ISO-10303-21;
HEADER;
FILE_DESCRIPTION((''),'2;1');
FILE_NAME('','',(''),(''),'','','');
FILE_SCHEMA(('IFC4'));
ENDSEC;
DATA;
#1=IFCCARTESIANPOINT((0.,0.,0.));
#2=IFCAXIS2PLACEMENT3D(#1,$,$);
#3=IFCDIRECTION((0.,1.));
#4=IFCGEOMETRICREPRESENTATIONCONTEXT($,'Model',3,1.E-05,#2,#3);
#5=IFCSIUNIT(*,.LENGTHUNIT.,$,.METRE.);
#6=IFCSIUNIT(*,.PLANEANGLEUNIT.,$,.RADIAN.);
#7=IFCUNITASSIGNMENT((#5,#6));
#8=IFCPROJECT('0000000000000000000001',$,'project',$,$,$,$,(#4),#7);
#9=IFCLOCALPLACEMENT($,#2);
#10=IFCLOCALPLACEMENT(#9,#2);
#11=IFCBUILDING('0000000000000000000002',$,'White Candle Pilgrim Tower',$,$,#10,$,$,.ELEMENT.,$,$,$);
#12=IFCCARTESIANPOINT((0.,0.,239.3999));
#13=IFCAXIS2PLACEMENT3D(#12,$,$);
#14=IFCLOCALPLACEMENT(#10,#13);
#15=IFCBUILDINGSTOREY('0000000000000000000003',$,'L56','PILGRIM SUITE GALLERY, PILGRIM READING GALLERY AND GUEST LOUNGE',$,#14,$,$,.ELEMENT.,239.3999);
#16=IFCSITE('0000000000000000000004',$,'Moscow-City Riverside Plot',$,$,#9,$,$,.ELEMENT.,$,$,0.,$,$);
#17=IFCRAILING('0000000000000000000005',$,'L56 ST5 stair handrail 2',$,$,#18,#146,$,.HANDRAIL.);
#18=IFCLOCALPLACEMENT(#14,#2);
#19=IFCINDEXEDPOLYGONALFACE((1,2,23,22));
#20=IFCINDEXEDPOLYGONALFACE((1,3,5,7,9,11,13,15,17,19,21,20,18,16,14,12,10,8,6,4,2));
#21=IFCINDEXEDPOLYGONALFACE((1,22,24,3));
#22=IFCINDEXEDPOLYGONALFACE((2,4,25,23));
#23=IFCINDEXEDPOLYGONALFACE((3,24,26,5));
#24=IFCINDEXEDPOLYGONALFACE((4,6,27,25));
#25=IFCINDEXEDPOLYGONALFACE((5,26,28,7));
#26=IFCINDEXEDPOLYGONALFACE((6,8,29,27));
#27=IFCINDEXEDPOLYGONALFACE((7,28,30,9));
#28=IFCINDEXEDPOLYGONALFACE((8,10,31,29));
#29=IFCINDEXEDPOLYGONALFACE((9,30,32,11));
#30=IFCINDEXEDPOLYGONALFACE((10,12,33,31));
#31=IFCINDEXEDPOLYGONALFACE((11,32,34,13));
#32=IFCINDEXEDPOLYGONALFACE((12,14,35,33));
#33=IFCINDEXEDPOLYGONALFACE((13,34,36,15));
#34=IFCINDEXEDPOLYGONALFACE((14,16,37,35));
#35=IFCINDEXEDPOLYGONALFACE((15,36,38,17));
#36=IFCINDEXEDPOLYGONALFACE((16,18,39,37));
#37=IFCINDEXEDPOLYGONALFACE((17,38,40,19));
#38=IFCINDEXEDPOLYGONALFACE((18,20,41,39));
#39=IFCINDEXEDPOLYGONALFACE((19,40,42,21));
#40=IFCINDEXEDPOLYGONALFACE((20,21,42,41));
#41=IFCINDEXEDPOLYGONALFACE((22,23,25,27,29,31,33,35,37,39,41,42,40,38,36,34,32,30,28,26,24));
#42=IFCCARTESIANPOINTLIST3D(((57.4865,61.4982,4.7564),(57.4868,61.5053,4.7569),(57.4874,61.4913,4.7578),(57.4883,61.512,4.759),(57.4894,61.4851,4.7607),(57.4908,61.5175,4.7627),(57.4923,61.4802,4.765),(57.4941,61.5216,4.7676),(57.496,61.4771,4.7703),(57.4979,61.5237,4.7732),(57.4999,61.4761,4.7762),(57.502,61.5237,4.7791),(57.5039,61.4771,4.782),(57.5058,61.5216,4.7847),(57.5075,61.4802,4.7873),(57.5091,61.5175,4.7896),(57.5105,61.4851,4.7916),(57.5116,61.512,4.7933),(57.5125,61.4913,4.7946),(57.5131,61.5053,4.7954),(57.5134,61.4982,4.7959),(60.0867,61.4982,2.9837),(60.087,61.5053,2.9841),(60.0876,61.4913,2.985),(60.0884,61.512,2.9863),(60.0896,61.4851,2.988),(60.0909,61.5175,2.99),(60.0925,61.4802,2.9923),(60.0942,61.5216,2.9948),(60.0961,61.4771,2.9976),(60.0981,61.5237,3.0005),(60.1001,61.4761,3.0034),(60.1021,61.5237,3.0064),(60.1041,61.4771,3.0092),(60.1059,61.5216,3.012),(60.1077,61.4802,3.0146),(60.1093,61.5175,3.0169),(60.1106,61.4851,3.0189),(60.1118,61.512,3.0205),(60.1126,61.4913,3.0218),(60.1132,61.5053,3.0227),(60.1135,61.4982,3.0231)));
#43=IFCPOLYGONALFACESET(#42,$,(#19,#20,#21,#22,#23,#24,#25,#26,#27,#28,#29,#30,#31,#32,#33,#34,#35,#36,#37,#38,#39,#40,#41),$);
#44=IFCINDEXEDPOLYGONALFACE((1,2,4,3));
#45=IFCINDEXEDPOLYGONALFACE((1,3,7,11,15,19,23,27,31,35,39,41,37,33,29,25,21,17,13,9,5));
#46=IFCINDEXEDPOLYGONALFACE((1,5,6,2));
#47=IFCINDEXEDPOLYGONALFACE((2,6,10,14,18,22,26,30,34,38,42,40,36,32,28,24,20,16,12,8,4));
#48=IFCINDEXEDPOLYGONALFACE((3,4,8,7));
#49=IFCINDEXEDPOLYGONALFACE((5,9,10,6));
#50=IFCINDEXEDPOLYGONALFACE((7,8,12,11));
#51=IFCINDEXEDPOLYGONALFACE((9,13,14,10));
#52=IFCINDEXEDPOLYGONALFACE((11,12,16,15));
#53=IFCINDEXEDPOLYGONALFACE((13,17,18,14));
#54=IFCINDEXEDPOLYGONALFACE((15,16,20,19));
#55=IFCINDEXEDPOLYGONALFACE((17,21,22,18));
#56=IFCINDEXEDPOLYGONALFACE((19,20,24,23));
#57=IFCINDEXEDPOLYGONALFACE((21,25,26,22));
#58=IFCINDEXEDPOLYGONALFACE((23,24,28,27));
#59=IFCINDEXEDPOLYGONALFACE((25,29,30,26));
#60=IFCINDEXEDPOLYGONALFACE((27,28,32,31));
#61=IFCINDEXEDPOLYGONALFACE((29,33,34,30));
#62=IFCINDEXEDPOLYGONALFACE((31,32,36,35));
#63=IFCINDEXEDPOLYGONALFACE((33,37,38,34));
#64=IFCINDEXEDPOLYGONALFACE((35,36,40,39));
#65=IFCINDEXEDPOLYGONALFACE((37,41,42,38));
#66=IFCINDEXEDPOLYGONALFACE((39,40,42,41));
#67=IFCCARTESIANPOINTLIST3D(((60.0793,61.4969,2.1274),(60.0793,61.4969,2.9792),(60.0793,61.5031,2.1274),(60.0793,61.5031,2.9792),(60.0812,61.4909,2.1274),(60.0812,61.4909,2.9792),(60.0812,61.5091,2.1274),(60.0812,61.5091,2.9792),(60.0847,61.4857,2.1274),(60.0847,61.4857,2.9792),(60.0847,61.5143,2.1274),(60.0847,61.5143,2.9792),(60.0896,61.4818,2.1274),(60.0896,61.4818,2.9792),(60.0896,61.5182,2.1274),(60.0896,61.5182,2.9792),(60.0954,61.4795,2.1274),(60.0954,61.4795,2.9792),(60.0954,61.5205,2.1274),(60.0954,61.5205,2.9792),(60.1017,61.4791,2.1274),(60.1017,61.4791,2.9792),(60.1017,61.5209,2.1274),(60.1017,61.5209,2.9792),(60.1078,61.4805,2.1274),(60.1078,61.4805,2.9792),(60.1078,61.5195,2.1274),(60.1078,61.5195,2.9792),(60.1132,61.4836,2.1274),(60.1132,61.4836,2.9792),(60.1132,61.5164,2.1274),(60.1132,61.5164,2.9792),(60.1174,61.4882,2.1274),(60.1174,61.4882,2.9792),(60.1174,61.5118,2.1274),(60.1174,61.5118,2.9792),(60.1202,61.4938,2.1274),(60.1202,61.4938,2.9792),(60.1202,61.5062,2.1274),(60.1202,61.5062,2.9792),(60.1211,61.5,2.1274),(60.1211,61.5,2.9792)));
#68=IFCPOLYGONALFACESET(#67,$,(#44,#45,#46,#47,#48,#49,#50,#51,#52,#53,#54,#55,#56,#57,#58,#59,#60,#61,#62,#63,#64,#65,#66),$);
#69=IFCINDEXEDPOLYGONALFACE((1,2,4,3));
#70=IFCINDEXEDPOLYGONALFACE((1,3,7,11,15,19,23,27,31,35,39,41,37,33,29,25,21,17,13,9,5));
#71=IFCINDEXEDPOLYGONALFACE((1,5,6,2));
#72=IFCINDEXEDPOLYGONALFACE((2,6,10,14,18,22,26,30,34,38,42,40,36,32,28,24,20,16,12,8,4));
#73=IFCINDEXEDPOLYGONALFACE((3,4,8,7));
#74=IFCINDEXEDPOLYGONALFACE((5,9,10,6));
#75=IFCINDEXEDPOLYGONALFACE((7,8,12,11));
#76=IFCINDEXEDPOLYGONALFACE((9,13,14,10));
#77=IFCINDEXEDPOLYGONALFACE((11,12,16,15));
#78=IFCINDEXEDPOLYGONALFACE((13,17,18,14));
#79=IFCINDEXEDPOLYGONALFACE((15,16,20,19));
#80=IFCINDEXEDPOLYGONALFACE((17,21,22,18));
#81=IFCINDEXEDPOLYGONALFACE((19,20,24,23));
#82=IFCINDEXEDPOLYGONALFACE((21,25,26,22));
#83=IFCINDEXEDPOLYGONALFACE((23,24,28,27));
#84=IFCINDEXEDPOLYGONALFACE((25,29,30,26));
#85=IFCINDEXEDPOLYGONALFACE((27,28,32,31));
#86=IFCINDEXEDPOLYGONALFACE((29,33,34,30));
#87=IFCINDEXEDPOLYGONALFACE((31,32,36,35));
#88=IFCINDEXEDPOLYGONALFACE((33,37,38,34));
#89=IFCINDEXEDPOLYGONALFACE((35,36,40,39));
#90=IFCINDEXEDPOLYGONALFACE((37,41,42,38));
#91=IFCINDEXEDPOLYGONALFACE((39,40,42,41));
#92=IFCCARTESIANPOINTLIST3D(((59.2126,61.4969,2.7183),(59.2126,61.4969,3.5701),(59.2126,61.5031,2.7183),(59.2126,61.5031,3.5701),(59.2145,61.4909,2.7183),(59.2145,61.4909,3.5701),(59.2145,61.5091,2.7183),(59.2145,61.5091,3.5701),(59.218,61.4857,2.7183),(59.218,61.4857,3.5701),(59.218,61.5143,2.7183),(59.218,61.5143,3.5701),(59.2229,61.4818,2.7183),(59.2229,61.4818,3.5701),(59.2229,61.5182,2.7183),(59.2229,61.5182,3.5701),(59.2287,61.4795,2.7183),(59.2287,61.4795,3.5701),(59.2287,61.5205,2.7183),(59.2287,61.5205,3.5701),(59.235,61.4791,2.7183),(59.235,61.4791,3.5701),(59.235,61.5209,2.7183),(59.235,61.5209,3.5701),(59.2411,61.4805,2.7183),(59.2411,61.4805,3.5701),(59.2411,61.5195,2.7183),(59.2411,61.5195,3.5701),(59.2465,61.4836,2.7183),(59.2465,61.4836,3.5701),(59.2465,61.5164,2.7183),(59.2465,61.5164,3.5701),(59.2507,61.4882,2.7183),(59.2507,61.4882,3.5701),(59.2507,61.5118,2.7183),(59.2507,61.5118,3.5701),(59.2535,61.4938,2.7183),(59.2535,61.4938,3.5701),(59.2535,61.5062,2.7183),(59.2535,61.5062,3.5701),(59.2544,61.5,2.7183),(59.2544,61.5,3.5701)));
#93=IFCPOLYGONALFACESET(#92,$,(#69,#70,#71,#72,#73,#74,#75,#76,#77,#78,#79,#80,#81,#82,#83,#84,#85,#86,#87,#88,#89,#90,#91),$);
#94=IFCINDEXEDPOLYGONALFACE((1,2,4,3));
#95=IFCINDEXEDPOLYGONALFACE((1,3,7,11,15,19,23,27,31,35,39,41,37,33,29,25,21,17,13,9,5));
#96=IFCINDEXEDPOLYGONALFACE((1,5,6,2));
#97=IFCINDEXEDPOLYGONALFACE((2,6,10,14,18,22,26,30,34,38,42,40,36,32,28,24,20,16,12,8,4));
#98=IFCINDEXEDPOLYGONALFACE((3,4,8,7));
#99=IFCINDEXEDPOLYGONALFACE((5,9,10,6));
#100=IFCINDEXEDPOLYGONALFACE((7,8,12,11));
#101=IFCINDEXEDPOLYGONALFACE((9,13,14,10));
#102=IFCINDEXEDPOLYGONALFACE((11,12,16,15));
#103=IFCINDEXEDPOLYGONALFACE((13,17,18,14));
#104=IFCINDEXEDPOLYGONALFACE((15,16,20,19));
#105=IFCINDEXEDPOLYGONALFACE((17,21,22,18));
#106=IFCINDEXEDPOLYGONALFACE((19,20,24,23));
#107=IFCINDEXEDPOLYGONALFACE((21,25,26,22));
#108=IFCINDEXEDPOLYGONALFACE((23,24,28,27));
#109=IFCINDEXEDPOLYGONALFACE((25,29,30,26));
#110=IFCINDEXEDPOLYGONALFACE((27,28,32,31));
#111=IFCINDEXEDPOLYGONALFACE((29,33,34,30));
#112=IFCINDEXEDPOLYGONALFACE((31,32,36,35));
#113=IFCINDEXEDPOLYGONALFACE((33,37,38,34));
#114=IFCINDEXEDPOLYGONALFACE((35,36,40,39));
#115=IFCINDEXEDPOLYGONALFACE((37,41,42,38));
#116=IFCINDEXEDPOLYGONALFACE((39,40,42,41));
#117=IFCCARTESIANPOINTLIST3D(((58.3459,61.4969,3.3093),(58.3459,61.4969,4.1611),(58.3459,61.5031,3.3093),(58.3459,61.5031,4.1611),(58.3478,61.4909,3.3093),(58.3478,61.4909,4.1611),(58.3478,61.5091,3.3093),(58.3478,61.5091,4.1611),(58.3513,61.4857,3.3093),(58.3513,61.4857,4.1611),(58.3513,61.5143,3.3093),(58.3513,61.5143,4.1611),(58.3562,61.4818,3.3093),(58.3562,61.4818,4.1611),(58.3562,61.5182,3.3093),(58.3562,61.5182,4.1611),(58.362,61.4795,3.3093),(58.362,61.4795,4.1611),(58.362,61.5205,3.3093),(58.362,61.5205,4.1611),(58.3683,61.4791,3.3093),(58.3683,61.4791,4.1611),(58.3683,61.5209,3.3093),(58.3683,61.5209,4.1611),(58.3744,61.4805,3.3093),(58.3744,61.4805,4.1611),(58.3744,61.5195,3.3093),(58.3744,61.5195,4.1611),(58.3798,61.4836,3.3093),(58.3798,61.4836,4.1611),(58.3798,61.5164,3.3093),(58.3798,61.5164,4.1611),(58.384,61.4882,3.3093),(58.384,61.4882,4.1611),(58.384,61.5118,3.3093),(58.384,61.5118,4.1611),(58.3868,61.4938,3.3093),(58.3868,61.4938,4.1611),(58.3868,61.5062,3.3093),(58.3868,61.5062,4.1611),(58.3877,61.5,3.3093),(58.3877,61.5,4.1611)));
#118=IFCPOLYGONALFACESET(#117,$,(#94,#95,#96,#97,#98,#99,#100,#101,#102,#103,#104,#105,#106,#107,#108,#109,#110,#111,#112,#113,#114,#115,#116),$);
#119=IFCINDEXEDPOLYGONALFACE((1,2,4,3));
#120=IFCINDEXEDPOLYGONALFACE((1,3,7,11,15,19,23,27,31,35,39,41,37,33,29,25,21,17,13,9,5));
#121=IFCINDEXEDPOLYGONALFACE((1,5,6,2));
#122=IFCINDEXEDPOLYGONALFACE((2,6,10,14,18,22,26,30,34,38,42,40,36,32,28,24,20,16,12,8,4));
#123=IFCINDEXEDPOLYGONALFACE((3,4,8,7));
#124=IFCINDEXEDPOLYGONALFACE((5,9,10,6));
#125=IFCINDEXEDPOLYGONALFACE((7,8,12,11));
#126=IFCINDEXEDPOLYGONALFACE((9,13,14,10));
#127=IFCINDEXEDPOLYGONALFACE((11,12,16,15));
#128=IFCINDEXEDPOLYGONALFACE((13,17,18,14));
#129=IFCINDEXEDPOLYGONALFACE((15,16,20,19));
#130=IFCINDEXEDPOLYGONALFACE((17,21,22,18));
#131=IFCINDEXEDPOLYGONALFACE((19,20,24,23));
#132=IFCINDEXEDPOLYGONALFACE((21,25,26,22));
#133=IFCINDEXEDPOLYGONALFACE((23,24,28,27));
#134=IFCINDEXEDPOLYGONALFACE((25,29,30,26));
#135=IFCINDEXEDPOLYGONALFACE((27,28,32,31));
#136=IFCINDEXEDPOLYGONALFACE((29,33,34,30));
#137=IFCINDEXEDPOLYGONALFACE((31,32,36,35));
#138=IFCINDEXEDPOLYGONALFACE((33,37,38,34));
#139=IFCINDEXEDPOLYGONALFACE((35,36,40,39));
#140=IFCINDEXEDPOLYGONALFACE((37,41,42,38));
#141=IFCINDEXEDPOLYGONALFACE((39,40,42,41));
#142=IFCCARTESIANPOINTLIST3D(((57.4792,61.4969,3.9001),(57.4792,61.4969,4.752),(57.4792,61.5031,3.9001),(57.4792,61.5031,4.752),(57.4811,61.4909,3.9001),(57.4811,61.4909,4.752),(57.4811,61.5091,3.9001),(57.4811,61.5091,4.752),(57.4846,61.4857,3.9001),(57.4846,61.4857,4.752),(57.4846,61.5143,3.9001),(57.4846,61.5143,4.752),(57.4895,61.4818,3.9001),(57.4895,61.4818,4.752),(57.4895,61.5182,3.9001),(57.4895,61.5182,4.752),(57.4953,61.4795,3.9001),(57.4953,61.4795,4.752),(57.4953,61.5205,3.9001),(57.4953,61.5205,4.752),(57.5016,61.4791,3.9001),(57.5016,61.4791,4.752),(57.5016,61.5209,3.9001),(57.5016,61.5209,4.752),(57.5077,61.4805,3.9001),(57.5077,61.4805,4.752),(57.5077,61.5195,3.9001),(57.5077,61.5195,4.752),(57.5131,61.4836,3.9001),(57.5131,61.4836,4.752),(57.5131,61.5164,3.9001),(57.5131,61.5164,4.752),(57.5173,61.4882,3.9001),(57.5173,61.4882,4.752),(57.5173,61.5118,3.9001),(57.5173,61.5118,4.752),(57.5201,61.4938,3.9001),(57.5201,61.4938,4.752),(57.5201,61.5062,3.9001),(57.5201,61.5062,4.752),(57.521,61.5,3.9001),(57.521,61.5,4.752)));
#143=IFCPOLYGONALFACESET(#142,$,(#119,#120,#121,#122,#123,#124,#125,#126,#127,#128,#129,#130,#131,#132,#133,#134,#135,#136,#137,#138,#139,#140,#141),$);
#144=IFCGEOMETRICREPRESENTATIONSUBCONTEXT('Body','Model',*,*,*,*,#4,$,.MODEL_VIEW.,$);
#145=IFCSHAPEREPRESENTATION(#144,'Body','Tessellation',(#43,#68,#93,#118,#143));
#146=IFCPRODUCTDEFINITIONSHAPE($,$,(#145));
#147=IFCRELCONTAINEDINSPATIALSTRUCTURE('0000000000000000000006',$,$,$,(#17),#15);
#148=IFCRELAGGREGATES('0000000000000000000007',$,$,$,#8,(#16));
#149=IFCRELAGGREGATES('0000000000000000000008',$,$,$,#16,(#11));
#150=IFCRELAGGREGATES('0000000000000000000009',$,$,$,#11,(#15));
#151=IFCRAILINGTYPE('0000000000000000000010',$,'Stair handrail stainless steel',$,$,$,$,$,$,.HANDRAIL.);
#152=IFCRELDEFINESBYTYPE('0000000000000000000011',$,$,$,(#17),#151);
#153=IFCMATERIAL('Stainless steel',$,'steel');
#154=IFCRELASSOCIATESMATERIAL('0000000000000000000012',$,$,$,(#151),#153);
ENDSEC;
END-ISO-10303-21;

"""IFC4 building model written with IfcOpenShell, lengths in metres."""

from ifc_helpers import new_model, si_unit, direction, frame, origin, origin_2d, place, context, subcontext, project, spatial, circle, extrude, material, type_object, element, save


model = new_model("IFC4")

# Units and contexts
model_context = context("Model", 3, precision=1e-05, world=origin(), true_north=direction((0.0, 1.0)))
body_context = subcontext(model_context, "Body", "Model", "MODEL_VIEW")
ifc_project = project(units=[si_unit("LENGTHUNIT", "METRE"), si_unit("PLANEANGLEUNIT", "RADIAN")], contexts=[model_context])

# Site, building, storey
site_placement = place(None, origin())
site = spatial("IfcSite", under=ifc_project, at=site_placement, Name="Moscow-City Riverside Plot", CompositionType="ELEMENT", RefElevation=0.0)
building_placement = place(site_placement, origin())
building = spatial("IfcBuilding", under=site, at=building_placement, Name="White Candle Pilgrim Tower", CompositionType="ELEMENT")
storey_placement = place(building_placement, frame((0.0, 0.0, 239.3999)))
storey = spatial("IfcBuildingStorey", under=building, at=storey_placement, Name="L56", Description="PILGRIM SUITE GALLERY, PILGRIM READING GALLERY AND GUEST LOUNGE", CompositionType="ELEMENT", Elevation=239.3999)

# Railing
ifc_material_1 = material(Name="Stainless steel", Category="steel")
railing_type_1 = type_object("IfcRailingType", Name="Stair handrail stainless steel", PredefinedType="HANDRAIL", material=ifc_material_1)
railing_1_placement = place(storey_placement, frame((60.1001, 61.5, 2.1274)))
element("IfcRailing", 1, at=railing_1_placement, inside=storey, type_object=railing_type_1, Name="L56 ST5 stair handrail 2", PredefinedType="HANDRAIL", context=body_context, shape_type="SweptSolid", body=[
    extrude(circle(Radius=0.0239, at=origin_2d()), frame((0.0, 0.0, 0.876), z_axis=(-0.82624, 0.0, 0.563318), x_axis=(0.0, -1.0, 0.0)), (0.0, 0.0, 1.0), 3.147),
    extrude(circle(Radius=0.021, at=origin_2d()), origin(), (0.0, 0.0, 1.0), 0.8518),
    extrude(circle(Radius=0.021, at=origin_2d()), frame((-0.8667, 0.0, 0.5908)), (0.0, 0.0, 1.0), 0.8518),
    extrude(circle(Radius=0.021, at=origin_2d()), frame((-1.7334, 0.0, 1.1819)), (0.0, 0.0, 1.0), 0.8518),
    extrude(circle(Radius=0.021, at=origin_2d()), frame((-2.6001, 0.0, 1.7727)), (0.0, 0.0, 1.0), 0.8518),
])

save(model, "model.ifc")
